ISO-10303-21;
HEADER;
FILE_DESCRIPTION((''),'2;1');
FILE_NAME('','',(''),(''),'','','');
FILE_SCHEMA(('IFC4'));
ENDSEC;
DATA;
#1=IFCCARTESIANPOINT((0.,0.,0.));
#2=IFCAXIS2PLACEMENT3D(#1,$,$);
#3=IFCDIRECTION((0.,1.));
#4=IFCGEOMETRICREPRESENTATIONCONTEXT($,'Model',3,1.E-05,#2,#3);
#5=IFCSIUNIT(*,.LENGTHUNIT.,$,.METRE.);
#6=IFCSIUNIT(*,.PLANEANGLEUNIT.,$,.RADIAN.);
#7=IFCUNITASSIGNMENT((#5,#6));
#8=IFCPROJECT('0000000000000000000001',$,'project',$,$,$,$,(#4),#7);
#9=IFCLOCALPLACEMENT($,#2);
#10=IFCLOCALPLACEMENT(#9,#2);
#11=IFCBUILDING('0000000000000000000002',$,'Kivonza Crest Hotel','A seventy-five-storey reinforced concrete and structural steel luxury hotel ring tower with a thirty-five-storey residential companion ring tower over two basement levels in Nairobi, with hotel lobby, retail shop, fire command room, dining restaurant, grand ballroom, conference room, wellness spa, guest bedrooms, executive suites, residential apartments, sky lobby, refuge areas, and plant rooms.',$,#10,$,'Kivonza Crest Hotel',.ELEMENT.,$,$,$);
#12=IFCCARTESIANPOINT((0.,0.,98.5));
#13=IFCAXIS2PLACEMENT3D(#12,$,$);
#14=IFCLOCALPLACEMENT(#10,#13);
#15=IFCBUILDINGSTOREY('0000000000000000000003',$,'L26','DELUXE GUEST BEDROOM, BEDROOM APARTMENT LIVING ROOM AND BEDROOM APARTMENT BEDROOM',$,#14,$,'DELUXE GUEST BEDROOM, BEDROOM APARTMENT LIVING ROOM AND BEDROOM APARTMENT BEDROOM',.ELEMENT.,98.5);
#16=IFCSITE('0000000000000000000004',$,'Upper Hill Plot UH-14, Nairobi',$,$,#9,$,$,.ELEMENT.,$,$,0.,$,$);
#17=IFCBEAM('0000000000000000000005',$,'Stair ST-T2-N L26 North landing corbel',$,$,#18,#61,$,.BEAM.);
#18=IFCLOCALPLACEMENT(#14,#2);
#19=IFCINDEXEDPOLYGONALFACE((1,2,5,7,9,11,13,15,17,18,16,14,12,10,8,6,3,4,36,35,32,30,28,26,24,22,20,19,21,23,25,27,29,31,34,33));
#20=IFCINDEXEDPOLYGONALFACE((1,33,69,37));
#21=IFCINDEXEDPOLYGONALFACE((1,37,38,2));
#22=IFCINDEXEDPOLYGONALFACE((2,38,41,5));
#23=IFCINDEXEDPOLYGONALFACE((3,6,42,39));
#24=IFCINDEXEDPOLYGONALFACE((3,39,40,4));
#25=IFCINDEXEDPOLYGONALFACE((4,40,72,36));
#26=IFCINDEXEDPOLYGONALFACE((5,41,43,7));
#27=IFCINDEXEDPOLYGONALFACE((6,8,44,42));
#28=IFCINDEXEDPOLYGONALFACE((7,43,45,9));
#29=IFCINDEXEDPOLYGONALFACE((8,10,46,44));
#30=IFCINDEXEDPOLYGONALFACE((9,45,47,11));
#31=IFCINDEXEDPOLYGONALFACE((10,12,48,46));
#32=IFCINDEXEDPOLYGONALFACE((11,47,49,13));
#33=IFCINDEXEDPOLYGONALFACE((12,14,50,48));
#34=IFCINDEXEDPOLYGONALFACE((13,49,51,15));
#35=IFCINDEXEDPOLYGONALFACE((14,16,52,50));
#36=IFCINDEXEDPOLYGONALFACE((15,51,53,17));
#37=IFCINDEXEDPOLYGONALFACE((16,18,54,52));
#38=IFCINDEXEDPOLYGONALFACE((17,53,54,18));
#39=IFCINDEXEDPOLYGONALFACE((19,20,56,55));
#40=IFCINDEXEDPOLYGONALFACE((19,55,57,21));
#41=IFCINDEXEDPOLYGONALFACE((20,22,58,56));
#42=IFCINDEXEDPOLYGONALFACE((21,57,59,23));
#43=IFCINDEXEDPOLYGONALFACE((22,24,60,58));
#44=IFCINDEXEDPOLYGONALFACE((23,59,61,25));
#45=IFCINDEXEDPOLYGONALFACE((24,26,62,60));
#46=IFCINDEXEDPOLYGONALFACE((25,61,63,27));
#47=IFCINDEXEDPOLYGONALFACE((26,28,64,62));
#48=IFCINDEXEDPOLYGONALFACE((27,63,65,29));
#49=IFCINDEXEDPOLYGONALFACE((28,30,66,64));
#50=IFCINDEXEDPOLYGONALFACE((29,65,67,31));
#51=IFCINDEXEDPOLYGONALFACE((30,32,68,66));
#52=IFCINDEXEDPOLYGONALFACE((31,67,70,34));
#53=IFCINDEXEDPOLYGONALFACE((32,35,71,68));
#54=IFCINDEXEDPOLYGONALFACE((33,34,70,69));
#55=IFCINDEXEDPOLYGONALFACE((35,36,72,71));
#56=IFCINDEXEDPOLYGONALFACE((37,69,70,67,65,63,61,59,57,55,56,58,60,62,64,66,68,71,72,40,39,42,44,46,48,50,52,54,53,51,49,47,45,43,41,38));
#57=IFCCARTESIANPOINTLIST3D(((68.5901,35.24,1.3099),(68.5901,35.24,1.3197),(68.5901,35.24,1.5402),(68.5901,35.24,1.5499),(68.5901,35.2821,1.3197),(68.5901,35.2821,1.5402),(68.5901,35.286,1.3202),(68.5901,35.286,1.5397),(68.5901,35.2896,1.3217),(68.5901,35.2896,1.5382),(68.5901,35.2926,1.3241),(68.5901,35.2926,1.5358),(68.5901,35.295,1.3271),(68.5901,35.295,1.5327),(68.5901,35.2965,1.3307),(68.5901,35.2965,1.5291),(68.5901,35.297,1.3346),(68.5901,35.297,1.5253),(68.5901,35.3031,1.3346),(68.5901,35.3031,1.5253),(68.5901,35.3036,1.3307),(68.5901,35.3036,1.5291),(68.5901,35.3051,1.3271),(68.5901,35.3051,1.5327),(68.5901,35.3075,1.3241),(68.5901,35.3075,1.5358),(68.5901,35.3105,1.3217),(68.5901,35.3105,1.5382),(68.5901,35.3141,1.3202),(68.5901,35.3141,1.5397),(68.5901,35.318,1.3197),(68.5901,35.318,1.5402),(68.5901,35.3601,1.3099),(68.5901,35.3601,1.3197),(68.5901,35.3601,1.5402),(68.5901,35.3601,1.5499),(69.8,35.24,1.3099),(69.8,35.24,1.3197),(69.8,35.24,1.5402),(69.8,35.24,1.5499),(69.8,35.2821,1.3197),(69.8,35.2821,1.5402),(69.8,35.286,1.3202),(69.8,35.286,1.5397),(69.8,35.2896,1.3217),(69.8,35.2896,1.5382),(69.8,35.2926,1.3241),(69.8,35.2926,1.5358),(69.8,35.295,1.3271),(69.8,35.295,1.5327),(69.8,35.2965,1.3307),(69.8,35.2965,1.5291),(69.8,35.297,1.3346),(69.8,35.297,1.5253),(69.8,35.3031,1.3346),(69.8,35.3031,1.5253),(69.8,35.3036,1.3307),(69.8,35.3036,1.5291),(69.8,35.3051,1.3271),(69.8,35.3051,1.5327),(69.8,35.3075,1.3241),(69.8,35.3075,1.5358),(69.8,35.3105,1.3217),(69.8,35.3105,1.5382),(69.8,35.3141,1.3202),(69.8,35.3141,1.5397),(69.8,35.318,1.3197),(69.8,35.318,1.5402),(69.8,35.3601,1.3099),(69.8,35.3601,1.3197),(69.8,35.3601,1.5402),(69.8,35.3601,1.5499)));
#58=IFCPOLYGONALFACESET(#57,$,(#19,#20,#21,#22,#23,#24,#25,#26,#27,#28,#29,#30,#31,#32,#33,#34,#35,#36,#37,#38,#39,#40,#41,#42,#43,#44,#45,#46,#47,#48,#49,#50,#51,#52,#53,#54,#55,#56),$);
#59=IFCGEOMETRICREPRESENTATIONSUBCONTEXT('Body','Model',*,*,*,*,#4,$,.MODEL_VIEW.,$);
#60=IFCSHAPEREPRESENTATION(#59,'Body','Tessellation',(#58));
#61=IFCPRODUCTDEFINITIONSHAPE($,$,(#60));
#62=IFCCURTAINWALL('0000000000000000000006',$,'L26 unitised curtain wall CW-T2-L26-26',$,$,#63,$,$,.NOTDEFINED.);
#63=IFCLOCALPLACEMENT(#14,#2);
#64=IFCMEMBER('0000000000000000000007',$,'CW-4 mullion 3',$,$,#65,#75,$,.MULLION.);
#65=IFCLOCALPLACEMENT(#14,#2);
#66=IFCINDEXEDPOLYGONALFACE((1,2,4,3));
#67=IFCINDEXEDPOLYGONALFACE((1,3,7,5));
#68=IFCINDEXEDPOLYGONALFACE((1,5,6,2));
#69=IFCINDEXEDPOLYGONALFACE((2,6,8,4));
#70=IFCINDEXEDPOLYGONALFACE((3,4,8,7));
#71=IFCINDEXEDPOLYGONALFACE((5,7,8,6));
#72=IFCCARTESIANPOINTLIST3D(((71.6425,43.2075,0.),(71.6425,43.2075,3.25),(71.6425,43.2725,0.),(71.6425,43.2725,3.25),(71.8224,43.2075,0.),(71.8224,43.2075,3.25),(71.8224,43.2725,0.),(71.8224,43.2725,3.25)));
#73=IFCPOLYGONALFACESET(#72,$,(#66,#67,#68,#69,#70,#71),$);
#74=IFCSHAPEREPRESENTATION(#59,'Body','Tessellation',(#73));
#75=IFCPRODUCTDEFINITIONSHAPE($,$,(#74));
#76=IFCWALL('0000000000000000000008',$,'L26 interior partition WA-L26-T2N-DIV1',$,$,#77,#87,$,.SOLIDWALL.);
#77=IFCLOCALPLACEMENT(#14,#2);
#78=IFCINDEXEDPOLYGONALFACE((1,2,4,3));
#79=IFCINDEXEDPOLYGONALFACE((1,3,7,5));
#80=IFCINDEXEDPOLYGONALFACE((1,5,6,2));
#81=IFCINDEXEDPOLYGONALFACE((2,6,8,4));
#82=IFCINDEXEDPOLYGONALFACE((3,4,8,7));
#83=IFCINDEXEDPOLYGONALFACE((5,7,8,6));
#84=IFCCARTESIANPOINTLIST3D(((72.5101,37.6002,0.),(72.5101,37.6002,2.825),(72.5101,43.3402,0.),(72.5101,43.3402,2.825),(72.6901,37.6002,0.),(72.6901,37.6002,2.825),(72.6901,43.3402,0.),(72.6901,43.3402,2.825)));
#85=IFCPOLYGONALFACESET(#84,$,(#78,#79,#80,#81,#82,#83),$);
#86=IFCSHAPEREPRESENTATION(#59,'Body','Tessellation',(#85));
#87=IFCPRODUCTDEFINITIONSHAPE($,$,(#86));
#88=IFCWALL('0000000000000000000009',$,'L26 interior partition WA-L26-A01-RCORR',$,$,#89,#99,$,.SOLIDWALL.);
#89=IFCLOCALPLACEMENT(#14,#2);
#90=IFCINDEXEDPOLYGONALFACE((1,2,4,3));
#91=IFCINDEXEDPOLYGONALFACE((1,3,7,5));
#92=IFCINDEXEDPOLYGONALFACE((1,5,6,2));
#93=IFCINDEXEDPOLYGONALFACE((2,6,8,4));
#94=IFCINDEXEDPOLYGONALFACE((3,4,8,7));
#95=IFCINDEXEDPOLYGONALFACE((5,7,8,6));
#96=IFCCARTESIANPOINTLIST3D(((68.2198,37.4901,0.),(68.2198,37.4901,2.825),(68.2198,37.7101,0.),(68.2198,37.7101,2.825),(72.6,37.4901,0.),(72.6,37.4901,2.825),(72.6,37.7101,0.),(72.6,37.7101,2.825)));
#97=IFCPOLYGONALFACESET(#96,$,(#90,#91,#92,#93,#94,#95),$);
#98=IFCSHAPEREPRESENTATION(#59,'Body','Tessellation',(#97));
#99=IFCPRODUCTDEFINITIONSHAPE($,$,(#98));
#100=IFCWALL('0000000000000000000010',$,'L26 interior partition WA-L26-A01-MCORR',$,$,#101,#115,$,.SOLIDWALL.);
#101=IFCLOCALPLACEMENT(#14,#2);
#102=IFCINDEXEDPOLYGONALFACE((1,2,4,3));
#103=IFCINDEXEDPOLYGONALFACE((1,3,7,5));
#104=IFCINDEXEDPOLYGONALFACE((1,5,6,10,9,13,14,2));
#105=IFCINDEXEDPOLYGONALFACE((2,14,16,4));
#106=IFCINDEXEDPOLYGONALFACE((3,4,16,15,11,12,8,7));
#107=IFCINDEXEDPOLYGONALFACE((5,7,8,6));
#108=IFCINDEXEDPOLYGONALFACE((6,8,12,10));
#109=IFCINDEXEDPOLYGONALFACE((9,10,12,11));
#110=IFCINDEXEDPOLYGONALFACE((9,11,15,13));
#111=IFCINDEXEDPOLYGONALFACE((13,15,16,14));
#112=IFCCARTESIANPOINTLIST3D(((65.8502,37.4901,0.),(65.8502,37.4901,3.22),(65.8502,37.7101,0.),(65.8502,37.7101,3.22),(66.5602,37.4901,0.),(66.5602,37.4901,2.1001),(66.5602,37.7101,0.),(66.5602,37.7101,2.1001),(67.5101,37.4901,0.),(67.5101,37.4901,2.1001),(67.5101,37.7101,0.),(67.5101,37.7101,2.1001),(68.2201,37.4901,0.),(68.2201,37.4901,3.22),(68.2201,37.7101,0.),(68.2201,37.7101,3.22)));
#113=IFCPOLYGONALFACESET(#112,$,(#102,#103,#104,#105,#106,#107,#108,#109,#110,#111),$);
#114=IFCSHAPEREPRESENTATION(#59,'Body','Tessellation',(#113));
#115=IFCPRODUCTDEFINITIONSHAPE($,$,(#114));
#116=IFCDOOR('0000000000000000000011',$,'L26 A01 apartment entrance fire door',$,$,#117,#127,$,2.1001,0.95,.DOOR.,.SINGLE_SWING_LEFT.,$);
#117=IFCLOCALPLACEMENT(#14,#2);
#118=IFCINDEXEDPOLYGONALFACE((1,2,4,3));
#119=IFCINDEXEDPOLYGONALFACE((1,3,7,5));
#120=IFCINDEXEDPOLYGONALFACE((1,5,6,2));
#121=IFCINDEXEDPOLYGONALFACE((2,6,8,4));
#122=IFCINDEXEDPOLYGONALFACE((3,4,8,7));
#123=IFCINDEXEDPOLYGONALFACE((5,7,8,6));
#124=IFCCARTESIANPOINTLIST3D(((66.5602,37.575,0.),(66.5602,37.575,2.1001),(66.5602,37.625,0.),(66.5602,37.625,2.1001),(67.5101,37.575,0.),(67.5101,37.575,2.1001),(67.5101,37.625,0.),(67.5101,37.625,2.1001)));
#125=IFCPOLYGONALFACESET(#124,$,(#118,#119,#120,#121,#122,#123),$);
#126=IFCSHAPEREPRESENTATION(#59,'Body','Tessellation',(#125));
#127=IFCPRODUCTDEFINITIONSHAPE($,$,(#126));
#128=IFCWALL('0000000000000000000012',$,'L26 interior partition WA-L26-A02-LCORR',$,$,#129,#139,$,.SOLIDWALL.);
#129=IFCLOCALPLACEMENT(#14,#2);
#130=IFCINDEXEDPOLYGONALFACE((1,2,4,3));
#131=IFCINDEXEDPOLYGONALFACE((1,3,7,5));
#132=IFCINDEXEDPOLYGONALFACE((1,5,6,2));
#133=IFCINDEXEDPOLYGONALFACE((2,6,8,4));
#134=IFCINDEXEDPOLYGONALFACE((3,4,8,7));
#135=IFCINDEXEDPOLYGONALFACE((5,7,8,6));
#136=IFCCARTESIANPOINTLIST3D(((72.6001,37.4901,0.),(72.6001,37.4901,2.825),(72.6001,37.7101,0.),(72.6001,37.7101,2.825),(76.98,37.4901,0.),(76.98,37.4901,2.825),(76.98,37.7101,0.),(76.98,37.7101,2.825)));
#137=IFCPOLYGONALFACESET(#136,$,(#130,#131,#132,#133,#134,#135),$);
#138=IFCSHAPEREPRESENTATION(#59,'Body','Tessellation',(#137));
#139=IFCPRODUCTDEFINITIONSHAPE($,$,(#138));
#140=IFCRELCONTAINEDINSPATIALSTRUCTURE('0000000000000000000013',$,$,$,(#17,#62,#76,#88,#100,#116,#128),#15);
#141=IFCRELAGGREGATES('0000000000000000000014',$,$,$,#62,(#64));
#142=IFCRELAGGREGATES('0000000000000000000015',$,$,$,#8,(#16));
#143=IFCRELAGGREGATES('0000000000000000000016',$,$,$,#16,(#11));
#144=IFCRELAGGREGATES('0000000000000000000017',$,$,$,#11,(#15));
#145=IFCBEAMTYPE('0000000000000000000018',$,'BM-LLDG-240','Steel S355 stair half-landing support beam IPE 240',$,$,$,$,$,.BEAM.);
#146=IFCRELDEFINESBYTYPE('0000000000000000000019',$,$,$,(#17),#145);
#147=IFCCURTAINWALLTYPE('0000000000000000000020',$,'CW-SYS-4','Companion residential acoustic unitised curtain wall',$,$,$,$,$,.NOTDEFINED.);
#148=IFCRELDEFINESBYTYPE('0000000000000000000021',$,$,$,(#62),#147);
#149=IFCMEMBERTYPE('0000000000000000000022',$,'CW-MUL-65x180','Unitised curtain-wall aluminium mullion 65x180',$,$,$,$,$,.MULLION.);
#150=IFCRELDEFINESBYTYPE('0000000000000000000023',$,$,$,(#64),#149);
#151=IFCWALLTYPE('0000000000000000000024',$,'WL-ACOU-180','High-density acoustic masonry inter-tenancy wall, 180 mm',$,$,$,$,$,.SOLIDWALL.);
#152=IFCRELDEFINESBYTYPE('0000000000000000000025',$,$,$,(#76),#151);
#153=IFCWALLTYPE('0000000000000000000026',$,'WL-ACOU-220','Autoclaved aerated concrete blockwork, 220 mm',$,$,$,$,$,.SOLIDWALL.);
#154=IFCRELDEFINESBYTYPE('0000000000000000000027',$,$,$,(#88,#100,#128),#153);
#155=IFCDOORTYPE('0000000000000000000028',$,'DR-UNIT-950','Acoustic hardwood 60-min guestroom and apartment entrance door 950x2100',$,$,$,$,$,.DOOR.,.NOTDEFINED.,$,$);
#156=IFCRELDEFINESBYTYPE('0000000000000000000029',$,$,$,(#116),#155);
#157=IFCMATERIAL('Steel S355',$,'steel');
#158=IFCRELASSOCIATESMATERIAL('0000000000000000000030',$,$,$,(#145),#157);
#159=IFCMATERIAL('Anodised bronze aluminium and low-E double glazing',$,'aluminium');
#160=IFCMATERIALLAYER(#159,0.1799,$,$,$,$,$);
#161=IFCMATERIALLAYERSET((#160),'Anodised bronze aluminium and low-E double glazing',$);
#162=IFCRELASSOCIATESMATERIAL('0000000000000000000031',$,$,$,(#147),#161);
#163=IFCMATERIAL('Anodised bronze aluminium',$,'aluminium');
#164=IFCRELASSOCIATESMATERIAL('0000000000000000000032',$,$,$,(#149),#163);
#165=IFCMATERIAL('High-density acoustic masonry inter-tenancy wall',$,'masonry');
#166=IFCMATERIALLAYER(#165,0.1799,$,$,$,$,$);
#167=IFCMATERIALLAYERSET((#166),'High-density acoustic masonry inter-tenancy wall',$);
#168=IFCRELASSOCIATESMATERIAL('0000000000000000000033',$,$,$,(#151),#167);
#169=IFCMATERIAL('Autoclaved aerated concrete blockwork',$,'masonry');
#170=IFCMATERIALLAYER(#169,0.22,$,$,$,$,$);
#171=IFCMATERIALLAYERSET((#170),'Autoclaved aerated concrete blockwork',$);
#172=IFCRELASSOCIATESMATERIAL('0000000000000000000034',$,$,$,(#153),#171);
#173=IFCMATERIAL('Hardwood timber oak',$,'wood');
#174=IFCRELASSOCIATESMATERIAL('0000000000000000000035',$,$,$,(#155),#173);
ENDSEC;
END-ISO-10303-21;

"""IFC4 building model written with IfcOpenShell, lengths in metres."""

from ifc_helpers import new_model, si_unit, direction, frame, frame_2d, origin, origin_2d, place, context, subcontext, project, spatial, rectangle, i_section, extrude, material, layer, layer_set, material_profile, profile_set, type_object, element, fill, aggregate, save


model = new_model("IFC4")

# Units and contexts
model_context = context("Model", 3, precision=1e-05, world=origin(), true_north=direction((0.0, 1.0)))
body_context = subcontext(model_context, "Body", "Model", "MODEL_VIEW")
ifc_project = project(units=[si_unit("LENGTHUNIT", "METRE"), si_unit("PLANEANGLEUNIT", "RADIAN")], contexts=[model_context])

# Site, building, storey
site_placement = place(None, origin())
site = spatial("IfcSite", under=ifc_project, at=site_placement, Name="Upper Hill Plot UH-14, Nairobi", CompositionType="ELEMENT", RefElevation=0.0)
building_placement = place(site_placement, origin())
building = spatial("IfcBuilding", under=site, at=building_placement, Name="Kivonza Crest Hotel", Description="A seventy-five-storey reinforced concrete and structural steel luxury hotel ring tower with a thirty-five-storey residential companion ring tower over two basement levels in Nairobi, with hotel lobby, retail shop, fire command room, dining restaurant, grand ballroom, conference room, wellness spa, guest bedrooms, executive suites, residential apartments, sky lobby, refuge areas, and plant rooms.", LongName="Kivonza Crest Hotel", CompositionType="ELEMENT")
storey_placement = place(building_placement, frame((0.0, 0.0, 98.5)))
storey = spatial("IfcBuildingStorey", under=building, at=storey_placement, Name="L26", Description="DELUXE GUEST BEDROOM, BEDROOM APARTMENT LIVING ROOM AND BEDROOM APARTMENT BEDROOM", LongName="DELUXE GUEST BEDROOM, BEDROOM APARTMENT LIVING ROOM AND BEDROOM APARTMENT BEDROOM", CompositionType="ELEMENT", Elevation=98.5)

# Beam
ifc_material_1 = material(Name="Steel S355", Category="steel")
ifc_material_profile_1 = material_profile(ifc_material_1, i_section(OverallWidth=0.1201, OverallDepth=0.24, WebThickness=0.0061, FlangeThickness=0.0098, FilletRadius=0.0149, at=origin_2d()), Name="IPE 240")
ifc_profile_set_1 = profile_set([ifc_material_profile_1], Name="Steel S355")
beam_type_1 = type_object("IfcBeamType", Name="BM-LLDG-240", Description="Steel S355 stair half-landing support beam IPE 240", PredefinedType="BEAM", material=ifc_profile_set_1)
beam_1_placement = place(storey_placement, frame((68.5901, 35.3, 1.4299), z_axis=(1.0, 0.0, 0.0), x_axis=(0.0, 1.0, 0.0)))
element("IfcBeam", 1, at=beam_1_placement, inside=storey, type_object=beam_type_1, Name="Stair ST-T2-N L26 North landing corbel", PredefinedType="BEAM", context=body_context, shape_type="SweptSolid", body=[
    extrude(i_section(OverallWidth=0.1201, OverallDepth=0.24, WebThickness=0.0061, FlangeThickness=0.0098, FilletRadius=0.0149, at=origin_2d()), origin(), (0.0, 0.0, 1.0), 1.21),
])

# Curtain wall, member
ifc_material_2 = material(Name="Anodised bronze aluminium and low-E double glazing", Category="aluminium")
ifc_layer_1 = layer(ifc_material_2, 0.1799)
ifc_layer_set_1 = layer_set([ifc_layer_1], Name="Anodised bronze aluminium and low-E double glazing")
curtain_wall_type = type_object("IfcCurtainWallType", Name="CW-SYS-4", Description="Companion residential acoustic unitised curtain wall", PredefinedType="NOTDEFINED", material=ifc_layer_set_1)
curtain_wall_placement = place(storey_placement, origin())
curtain_wall = element("IfcCurtainWall", 2, at=curtain_wall_placement, inside=storey, type_object=curtain_wall_type, Name="L26 unitised curtain wall CW-T2-L26-26", PredefinedType="NOTDEFINED")
ifc_material_3 = material(Name="Anodised bronze aluminium", Category="aluminium")
ifc_material_profile_2 = material_profile(ifc_material_3, rectangle(XDim=0.0649, YDim=0.1799, at=origin_2d()), Name="CW-M 65x180")
ifc_profile_set_2 = profile_set([ifc_material_profile_2], Name="Anodised bronze aluminium")
member_type = type_object("IfcMemberType", Name="CW-MUL-65x180", Description="Unitised curtain-wall aluminium mullion 65x180", PredefinedType="MULLION", material=ifc_profile_set_2)
member_placement = place(storey_placement, frame((71.7324, 43.24, 0.0), z_axis=(0.0, 0.0, 1.0), x_axis=(0.0, -1.0, 0.0)))
member = element("IfcMember", 3, at=member_placement, type_object=member_type, Name="CW-4 mullion 3", PredefinedType="MULLION", context=body_context, shape_type="SweptSolid", body=[
    extrude(rectangle(XDim=0.0649, YDim=0.1799, at=origin_2d()), origin(), (0.0, 0.0, 1.0), 3.25),
])
aggregate(curtain_wall, [member])

# Walls
ifc_material_4 = material(Name="High-density acoustic masonry inter-tenancy wall", Category="masonry")
ifc_layer_2 = layer(ifc_material_4, 0.1799)
ifc_layer_set_2 = layer_set([ifc_layer_2], Name="High-density acoustic masonry inter-tenancy wall")
wall_type_1 = type_object("IfcWallType", Name="WL-ACOU-180", Description="High-density acoustic masonry inter-tenancy wall, 180 mm", PredefinedType="SOLIDWALL", material=ifc_layer_set_2)
wall_1_placement = place(storey_placement, frame((72.6001, 37.6001, 0.0), z_axis=(0.0, 0.0, 1.0), x_axis=(0.0, 1.0, 0.0)))
element("IfcWall", 4, at=wall_1_placement, inside=storey, type_object=wall_type_1, Name="L26 interior partition WA-L26-T2N-DIV1", PredefinedType="SOLIDWALL", context=body_context, shape_type="SweptSolid", body=[
    extrude(rectangle(XDim=5.74, YDim=0.1799, at=frame_2d((2.8701, 0.0))), origin(), (0.0, 0.0, 1.0), 2.825),
])
ifc_material_5 = material(Name="Autoclaved aerated concrete blockwork", Category="masonry")
ifc_layer_3 = layer(ifc_material_5, 0.22)
ifc_layer_set_3 = layer_set([ifc_layer_3], Name="Autoclaved aerated concrete blockwork")
wall_type_2 = type_object("IfcWallType", Name="WL-ACOU-220", Description="Autoclaved aerated concrete blockwork, 220 mm", PredefinedType="SOLIDWALL", material=ifc_layer_set_3)
wall_2_placement = place(storey_placement, frame((68.22, 37.6001, 0.0), z_axis=(0.0, 0.0, 1.0), x_axis=(1.0, 0.0, 0.0)))
element("IfcWall", 5, at=wall_2_placement, inside=storey, type_object=wall_type_2, Name="L26 interior partition WA-L26-A01-RCORR", PredefinedType="SOLIDWALL", context=body_context, shape_type="SweptSolid", body=[
    extrude(rectangle(XDim=4.3801, YDim=0.22, at=frame_2d((2.1899, 0.0))), origin(), (0.0, 0.0, 1.0), 2.825),
])

# Wall, opening, door
wall_3_placement = place(storey_placement, frame((65.8501, 37.6001, 0.0), z_axis=(0.0, 0.0, 1.0), x_axis=(1.0, 0.0, 0.0)))
wall_3 = element("IfcWall", 6, at=wall_3_placement, inside=storey, type_object=wall_type_2, Name="L26 interior partition WA-L26-A01-MCORR", PredefinedType="SOLIDWALL", context=body_context, shape_type="SweptSolid", body=[
    extrude(rectangle(XDim=2.3699, YDim=0.22, at=frame_2d((1.1851, 0.0))), origin(), (0.0, 0.0, 1.0), 3.22),
])
opening_1_placement = place(wall_3_placement, frame((0.71, 0.0, 0.0)))
opening_1 = element("IfcOpeningElement", 7, at=opening_1_placement, cuts=wall_3, PredefinedType="OPENING", context=body_context, shape_type="SweptSolid", body=[
    extrude(rectangle(XDim=0.95, YDim=2.1001, at=frame_2d((0.4751, 1.05))), frame((0.0, 0.1201, 0.0), z_axis=(0.0, -1.0, 0.0), x_axis=(1.0, 0.0, 0.0)), (0.0, 0.0, 1.0), 0.24),
])
ifc_material_6 = material(Name="Hardwood timber oak", Category="wood")
door_type_1 = type_object("IfcDoorType", Name="DR-UNIT-950", Description="Acoustic hardwood 60-min guestroom and apartment entrance door 950x2100", OperationType="NOTDEFINED", PredefinedType="DOOR", material=ifc_material_6)
door_1_placement = place(opening_1_placement, origin())
door_1 = element("IfcDoor", 8, at=door_1_placement, inside=storey, type_object=door_type_1, Name="L26 A01 apartment entrance fire door", OperationType="SINGLE_SWING_LEFT", OverallHeight=2.1001, OverallWidth=0.95, PredefinedType="DOOR", context=body_context, shape_type="SweptSolid", body=[
    extrude(rectangle(XDim=0.95, YDim=2.1001, at=frame_2d((0.4751, 1.05))), frame((0.0, 0.0249, 0.0), z_axis=(0.0, -1.0, 0.0), x_axis=(1.0, 0.0, 0.0)), (0.0, 0.0, 1.0), 0.05),
])
fill(opening_1, door_1)

# Wall
wall_4_placement = place(storey_placement, frame((72.6001, 37.6001, 0.0), z_axis=(0.0, 0.0, 1.0), x_axis=(1.0, 0.0, 0.0)))
element("IfcWall", 9, at=wall_4_placement, inside=storey, type_object=wall_type_2, Name="L26 interior partition WA-L26-A02-LCORR", PredefinedType="SOLIDWALL", context=body_context, shape_type="SweptSolid", body=[
    extrude(rectangle(XDim=4.3799, YDim=0.22, at=frame_2d((2.1899, 0.0))), origin(), (0.0, 0.0, 1.0), 2.825),
])

save(model, "model.ifc")
